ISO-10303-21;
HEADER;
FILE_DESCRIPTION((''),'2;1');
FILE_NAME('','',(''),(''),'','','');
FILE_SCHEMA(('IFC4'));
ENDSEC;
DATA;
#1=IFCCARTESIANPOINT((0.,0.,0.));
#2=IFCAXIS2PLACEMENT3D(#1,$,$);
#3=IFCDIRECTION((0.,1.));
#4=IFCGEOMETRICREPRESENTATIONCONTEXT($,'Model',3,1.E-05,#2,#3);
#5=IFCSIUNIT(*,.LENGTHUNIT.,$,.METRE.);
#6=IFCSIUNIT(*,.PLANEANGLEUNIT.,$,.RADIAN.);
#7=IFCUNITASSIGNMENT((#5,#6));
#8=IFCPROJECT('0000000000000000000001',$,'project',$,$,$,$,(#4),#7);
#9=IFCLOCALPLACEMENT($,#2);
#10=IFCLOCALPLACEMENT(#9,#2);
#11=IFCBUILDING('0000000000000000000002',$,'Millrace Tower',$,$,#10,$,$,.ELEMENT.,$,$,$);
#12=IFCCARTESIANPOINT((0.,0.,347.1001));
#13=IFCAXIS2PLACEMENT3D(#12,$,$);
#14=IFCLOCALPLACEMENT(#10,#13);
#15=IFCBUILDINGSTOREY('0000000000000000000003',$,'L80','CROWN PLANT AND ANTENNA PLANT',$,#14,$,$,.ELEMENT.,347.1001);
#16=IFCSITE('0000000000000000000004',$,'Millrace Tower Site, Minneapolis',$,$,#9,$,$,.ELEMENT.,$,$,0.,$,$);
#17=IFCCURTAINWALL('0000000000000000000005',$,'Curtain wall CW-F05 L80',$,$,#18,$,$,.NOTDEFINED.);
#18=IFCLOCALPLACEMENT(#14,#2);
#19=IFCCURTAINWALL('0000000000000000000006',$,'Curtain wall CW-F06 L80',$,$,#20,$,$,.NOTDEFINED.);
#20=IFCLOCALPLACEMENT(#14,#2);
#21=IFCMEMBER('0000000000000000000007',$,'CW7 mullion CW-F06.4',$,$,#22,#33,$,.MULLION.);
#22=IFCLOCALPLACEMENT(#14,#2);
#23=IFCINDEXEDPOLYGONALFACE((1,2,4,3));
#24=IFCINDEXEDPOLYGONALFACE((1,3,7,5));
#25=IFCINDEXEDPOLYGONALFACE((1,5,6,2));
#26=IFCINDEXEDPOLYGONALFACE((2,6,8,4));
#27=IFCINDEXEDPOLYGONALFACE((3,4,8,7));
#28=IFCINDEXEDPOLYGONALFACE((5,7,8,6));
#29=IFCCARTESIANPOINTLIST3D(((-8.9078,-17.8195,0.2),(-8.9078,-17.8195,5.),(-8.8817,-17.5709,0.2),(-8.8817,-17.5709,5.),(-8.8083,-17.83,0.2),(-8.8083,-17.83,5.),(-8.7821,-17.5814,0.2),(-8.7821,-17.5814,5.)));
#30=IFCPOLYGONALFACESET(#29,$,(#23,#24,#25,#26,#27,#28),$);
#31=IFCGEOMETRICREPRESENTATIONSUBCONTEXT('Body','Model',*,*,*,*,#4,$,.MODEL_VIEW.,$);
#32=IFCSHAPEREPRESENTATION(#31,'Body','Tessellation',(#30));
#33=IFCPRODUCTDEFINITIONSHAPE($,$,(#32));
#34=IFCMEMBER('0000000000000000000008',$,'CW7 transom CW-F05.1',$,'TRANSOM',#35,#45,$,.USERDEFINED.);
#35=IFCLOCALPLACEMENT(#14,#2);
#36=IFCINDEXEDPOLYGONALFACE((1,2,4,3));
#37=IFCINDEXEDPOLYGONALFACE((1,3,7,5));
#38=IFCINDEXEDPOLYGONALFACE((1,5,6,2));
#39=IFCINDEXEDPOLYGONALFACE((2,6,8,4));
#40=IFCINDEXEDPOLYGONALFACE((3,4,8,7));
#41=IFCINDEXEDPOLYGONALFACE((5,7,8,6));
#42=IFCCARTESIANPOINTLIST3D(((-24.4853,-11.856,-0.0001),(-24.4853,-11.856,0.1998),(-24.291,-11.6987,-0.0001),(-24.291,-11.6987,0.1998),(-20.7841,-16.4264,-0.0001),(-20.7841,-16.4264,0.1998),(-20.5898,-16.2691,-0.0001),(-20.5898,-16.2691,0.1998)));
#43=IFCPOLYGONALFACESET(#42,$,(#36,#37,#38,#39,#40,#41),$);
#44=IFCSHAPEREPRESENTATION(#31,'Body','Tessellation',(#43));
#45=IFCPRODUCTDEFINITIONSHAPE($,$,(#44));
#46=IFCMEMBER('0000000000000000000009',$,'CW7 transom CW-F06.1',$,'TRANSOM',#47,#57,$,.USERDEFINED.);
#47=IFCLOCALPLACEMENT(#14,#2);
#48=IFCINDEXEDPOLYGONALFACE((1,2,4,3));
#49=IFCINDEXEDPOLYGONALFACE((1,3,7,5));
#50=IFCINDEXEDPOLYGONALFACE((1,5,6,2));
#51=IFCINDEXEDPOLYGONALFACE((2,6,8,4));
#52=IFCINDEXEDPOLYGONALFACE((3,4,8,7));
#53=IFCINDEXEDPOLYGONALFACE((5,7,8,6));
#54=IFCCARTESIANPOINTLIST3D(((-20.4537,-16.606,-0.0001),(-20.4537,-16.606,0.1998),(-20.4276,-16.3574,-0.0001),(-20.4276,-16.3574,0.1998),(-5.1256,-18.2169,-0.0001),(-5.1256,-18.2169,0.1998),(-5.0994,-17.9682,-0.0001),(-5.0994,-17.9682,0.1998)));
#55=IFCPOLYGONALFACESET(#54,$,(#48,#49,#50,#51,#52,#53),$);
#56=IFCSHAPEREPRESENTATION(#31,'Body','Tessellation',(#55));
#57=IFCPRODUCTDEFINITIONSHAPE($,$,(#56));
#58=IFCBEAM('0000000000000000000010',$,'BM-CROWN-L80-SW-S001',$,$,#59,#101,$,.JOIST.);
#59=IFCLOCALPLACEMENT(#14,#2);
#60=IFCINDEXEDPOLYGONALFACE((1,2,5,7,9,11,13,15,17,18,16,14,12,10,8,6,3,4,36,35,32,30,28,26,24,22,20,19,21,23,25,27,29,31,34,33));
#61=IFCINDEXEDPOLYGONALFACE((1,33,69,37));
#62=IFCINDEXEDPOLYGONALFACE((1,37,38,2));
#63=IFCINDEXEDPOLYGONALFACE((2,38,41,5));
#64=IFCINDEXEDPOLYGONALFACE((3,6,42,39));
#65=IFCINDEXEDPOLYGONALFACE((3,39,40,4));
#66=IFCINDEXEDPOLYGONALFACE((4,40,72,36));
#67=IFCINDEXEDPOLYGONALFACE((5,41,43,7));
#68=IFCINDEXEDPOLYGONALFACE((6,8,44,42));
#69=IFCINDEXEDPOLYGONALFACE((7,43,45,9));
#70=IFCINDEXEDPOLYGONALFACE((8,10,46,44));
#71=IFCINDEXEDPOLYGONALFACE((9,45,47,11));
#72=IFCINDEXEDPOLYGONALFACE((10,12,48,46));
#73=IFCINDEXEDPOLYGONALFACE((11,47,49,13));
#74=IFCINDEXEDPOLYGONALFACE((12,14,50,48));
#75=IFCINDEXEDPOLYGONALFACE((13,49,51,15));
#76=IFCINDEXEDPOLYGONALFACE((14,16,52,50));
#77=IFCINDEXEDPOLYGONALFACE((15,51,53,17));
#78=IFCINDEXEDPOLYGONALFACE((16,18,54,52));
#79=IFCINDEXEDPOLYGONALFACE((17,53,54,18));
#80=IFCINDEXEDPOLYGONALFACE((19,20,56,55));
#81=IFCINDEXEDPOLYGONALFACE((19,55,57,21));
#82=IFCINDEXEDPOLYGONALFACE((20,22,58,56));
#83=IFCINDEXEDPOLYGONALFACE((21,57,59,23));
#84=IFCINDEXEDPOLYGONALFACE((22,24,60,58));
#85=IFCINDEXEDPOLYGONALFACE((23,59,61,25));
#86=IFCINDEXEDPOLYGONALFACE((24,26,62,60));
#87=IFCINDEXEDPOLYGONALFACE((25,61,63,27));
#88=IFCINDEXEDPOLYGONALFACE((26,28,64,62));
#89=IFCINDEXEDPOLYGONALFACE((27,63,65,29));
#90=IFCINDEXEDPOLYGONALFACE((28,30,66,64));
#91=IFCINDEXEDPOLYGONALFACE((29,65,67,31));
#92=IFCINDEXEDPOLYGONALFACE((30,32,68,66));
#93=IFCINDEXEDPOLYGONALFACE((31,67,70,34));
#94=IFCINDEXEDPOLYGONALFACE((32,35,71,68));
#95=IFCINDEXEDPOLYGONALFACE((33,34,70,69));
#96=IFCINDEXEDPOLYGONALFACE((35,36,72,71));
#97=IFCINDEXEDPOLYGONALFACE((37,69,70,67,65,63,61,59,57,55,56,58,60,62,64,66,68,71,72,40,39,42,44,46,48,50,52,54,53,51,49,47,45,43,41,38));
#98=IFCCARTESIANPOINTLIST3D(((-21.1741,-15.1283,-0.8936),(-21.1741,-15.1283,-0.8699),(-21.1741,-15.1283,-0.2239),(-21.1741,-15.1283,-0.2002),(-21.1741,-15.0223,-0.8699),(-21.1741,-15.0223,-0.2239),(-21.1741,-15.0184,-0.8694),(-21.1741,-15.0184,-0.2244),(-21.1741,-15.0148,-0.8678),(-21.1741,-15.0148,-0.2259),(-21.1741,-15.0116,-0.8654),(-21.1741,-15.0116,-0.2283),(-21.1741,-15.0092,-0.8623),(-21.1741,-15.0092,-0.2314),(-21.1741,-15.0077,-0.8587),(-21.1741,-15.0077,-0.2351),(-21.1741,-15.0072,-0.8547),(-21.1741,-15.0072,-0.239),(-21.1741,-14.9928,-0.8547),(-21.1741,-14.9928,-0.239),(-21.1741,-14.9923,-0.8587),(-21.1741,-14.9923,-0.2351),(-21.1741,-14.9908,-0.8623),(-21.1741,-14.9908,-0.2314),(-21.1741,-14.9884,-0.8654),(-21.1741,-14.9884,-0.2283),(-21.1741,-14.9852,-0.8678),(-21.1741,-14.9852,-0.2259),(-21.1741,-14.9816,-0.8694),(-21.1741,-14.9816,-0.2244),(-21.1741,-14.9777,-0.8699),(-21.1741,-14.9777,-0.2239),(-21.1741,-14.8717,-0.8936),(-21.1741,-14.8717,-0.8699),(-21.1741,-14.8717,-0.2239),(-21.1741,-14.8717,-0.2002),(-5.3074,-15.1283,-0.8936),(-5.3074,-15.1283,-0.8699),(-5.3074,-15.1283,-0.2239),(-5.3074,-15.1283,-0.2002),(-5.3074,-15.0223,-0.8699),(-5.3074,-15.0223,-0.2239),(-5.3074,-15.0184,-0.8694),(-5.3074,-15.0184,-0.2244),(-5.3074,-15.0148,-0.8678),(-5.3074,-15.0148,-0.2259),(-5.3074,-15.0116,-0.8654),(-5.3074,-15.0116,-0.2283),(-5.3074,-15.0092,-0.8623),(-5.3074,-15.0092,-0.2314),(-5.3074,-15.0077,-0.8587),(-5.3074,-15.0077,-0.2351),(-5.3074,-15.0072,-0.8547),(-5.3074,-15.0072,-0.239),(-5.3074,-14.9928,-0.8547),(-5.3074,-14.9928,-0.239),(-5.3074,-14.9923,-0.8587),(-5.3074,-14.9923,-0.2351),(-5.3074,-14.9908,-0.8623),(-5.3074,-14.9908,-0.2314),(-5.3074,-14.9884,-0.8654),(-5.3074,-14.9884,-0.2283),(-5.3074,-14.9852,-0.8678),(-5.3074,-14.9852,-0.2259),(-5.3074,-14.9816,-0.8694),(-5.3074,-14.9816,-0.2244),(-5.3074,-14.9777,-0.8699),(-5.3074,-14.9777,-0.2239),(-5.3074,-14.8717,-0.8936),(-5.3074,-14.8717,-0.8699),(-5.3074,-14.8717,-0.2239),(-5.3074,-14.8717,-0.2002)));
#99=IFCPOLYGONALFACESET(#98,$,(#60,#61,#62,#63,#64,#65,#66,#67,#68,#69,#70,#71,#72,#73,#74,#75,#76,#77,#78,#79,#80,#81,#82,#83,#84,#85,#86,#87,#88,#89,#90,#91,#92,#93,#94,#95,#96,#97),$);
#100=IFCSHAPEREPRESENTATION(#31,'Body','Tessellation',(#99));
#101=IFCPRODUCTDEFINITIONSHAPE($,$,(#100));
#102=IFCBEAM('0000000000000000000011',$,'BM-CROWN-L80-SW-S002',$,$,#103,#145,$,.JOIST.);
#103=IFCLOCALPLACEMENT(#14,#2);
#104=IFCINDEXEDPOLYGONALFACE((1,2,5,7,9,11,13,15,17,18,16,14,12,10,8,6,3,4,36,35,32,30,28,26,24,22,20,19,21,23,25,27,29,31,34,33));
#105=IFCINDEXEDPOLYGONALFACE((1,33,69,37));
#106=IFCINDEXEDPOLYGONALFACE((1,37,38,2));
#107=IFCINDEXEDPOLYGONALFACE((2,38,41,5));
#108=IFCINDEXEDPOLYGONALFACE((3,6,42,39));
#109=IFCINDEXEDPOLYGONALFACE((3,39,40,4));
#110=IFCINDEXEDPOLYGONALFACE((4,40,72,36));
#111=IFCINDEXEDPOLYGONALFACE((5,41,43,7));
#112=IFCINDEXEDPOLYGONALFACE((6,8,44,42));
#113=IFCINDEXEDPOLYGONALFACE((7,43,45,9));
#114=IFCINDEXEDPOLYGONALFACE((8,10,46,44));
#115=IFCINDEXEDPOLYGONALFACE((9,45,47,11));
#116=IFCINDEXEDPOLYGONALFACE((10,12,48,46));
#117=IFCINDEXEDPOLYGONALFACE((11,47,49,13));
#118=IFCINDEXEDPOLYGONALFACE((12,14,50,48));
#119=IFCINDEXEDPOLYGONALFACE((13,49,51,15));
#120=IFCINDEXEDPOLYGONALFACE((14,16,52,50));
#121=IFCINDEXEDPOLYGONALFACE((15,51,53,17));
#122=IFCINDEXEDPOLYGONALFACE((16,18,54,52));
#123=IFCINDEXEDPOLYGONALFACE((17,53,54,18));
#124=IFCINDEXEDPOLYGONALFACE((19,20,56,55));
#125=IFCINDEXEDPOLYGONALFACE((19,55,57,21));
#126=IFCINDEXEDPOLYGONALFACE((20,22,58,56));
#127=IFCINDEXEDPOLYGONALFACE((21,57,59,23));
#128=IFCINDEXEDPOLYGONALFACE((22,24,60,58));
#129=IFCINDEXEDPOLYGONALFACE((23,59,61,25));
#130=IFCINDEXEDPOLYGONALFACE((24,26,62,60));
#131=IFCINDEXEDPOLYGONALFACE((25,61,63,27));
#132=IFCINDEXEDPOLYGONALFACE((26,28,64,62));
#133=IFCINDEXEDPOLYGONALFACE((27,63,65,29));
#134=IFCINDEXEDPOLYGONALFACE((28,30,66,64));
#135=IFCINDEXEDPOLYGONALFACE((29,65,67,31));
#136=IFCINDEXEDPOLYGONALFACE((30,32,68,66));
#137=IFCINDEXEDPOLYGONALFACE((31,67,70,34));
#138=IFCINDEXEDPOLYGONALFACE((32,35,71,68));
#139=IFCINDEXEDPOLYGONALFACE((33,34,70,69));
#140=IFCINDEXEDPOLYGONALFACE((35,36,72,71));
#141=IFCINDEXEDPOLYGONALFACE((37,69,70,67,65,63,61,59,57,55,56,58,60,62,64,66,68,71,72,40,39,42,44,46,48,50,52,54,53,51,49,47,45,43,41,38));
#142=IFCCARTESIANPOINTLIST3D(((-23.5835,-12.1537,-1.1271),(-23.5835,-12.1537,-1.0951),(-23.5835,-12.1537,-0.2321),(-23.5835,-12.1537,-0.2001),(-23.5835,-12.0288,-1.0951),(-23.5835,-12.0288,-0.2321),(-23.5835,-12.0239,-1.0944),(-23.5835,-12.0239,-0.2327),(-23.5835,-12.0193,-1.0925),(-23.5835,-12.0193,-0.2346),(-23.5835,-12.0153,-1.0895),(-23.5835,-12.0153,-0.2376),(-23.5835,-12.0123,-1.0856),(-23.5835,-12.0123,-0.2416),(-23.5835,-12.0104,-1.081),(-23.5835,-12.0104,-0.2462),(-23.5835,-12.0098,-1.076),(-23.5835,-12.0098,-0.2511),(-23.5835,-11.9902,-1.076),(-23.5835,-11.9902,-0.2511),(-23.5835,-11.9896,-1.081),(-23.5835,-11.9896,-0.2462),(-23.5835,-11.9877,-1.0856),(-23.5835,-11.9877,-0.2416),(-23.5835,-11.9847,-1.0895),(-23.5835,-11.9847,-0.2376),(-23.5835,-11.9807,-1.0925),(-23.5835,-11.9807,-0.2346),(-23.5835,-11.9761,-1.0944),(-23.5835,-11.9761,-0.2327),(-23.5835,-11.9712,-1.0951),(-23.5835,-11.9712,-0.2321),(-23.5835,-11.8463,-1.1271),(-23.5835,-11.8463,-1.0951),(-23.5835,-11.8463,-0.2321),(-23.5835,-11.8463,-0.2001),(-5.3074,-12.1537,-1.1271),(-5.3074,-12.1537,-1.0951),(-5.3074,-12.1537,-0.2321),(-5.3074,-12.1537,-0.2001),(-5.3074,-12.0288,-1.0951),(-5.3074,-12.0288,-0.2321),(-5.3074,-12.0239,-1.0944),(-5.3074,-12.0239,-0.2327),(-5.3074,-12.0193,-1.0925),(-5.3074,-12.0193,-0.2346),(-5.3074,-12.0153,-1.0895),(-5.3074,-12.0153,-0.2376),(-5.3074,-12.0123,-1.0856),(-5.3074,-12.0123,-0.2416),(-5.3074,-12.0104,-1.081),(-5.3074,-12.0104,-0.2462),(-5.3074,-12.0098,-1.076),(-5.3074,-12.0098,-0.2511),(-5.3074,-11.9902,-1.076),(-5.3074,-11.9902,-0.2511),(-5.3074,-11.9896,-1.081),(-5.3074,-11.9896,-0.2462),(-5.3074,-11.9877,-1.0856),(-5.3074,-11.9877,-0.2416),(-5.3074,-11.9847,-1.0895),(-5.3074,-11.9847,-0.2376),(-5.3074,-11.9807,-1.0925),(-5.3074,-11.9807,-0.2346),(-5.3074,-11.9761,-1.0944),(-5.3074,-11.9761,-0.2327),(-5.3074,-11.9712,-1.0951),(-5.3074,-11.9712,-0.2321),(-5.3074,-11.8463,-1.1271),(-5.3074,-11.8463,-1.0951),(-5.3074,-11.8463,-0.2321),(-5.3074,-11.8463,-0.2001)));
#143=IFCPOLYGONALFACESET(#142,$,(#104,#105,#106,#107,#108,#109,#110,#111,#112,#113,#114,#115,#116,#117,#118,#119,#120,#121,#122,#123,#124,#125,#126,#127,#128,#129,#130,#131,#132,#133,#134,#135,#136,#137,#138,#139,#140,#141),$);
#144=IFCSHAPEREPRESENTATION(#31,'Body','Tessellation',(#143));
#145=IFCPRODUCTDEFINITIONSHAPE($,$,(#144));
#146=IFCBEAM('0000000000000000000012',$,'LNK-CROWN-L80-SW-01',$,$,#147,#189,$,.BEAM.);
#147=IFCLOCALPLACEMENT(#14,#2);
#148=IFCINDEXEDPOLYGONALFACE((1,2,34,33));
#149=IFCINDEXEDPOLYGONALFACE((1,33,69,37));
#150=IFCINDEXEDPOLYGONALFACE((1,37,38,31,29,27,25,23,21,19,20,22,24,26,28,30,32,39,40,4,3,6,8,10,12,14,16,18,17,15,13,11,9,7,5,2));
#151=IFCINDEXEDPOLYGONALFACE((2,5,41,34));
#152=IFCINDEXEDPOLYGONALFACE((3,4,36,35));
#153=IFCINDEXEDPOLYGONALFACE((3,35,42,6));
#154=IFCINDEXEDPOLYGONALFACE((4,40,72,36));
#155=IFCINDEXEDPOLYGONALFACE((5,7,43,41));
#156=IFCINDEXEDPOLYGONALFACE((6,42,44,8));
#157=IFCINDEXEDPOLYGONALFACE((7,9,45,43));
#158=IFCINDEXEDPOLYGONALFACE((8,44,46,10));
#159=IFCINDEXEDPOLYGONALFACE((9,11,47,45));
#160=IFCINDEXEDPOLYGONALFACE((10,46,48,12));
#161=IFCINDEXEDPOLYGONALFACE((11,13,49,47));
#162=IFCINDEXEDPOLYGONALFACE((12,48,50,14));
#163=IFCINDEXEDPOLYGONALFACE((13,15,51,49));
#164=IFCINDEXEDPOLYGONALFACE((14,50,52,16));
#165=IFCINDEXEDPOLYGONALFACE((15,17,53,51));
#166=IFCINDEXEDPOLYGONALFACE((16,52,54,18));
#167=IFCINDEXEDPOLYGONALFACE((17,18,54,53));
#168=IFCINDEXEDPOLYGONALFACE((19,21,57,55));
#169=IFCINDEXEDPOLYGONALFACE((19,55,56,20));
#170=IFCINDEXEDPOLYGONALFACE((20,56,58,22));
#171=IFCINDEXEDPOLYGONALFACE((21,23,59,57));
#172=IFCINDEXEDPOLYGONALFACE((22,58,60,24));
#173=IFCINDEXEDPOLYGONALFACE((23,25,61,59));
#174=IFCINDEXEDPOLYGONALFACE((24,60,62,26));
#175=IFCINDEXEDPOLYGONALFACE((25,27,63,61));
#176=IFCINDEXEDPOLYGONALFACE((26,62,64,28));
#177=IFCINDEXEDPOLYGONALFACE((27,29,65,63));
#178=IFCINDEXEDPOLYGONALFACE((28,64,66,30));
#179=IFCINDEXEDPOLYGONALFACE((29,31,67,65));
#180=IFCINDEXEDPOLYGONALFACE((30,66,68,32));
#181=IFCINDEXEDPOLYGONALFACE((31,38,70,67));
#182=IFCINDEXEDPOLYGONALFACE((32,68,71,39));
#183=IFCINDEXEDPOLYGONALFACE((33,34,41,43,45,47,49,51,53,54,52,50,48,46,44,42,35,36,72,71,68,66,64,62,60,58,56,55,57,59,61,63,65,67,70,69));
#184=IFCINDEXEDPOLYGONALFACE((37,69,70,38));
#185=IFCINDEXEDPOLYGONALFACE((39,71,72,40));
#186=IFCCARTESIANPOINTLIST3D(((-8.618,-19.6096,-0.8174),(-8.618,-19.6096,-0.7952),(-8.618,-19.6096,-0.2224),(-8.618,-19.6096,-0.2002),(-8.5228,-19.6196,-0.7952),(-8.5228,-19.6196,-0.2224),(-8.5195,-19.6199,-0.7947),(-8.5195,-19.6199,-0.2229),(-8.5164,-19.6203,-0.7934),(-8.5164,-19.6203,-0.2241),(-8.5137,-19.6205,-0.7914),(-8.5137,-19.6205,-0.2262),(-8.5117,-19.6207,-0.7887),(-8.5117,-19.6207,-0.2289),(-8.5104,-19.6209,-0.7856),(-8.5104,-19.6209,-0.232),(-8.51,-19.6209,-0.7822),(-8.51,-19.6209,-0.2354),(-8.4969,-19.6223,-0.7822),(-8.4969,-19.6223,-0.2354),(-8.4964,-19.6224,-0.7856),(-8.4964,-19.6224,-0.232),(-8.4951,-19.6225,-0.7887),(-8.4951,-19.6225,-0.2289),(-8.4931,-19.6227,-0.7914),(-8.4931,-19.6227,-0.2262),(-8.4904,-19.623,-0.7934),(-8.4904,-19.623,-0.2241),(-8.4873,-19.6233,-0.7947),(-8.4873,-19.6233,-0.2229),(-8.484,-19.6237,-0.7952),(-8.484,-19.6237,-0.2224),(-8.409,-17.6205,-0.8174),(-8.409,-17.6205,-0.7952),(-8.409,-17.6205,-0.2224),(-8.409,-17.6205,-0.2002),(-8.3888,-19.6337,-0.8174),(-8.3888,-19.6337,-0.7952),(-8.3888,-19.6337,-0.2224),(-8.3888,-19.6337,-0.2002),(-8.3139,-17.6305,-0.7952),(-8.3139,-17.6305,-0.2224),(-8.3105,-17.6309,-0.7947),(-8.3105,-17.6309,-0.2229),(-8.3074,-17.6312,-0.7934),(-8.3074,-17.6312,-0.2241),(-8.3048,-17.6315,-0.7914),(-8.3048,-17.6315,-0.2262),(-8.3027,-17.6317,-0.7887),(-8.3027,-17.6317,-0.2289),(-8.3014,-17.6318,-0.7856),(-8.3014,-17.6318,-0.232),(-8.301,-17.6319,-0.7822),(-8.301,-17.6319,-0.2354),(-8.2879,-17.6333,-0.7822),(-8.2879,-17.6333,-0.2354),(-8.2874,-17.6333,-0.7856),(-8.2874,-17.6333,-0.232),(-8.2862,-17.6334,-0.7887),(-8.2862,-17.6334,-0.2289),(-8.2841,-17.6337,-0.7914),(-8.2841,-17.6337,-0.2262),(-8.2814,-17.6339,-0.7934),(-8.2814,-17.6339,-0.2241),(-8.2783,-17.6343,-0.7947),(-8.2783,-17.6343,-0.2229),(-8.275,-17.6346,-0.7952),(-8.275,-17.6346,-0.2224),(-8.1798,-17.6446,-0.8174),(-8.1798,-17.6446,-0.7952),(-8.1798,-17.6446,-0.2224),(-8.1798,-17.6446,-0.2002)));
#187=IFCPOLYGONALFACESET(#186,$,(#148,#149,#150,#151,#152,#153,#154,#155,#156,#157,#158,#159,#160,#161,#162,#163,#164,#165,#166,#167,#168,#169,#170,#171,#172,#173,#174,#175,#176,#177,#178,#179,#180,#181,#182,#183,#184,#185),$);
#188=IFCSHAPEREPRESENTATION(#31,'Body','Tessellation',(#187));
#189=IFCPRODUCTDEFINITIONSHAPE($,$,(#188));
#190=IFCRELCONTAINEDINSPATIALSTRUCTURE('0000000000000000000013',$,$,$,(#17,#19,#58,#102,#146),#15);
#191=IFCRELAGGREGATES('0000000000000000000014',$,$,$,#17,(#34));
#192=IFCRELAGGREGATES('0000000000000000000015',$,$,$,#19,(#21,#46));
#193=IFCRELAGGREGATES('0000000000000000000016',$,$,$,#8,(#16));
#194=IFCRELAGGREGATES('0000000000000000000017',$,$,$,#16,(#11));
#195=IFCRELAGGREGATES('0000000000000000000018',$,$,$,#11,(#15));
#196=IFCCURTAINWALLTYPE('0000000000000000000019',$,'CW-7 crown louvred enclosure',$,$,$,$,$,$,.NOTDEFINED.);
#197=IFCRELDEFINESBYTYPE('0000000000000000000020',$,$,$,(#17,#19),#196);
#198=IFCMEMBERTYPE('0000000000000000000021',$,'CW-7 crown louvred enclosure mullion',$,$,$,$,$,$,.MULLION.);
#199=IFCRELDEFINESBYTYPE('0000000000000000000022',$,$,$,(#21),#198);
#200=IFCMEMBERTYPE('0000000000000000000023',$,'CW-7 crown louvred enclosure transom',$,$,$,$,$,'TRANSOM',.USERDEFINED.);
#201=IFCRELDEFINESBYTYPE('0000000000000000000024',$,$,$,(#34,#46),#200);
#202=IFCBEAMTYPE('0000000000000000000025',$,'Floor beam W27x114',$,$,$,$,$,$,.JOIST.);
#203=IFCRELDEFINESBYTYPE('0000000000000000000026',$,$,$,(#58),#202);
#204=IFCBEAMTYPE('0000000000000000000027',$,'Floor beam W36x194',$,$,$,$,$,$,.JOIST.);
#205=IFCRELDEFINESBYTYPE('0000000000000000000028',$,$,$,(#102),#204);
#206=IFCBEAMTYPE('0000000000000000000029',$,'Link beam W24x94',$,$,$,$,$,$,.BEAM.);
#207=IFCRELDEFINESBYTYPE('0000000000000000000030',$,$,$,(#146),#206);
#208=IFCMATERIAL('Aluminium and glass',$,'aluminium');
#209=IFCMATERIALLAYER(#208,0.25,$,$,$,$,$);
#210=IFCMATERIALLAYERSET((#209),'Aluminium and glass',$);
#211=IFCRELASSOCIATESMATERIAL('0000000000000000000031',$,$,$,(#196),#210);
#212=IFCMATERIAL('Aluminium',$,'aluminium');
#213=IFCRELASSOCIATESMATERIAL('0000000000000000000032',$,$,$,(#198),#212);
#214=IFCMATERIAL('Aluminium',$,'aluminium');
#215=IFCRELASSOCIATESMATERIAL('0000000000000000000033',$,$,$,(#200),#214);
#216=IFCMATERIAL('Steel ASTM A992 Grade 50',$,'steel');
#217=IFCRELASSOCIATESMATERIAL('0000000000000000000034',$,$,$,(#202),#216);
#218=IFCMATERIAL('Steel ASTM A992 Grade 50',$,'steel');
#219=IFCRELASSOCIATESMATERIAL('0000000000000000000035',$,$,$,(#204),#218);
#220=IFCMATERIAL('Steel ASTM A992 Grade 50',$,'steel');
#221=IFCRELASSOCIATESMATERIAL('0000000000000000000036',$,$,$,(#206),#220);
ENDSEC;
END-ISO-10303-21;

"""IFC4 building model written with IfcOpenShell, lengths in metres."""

from ifc_helpers import new_model, si_unit, direction, frame, origin, origin_2d, place, context, subcontext, project, spatial, rectangle, i_section, extrude, material, layer, layer_set, material_profile, profile_set, type_object, element, aggregate, save


model = new_model("IFC4")

# Units and contexts
model_context = context("Model", 3, precision=1e-05, world=origin(), true_north=direction((0.0, 1.0)))
body_context = subcontext(model_context, "Body", "Model", "MODEL_VIEW")
ifc_project = project(units=[si_unit("LENGTHUNIT", "METRE"), si_unit("PLANEANGLEUNIT", "RADIAN")], contexts=[model_context])

# Site, building, storey
site_placement = place(None, origin())
site = spatial("IfcSite", under=ifc_project, at=site_placement, Name="Millrace Tower Site, Minneapolis", CompositionType="ELEMENT", RefElevation=0.0)
building_placement = place(site_placement, origin())
building = spatial("IfcBuilding", under=site, at=building_placement, Name="Millrace Tower", CompositionType="ELEMENT")
storey_placement = place(building_placement, frame((0.0, 0.0, 347.1001)))
storey = spatial("IfcBuildingStorey", under=building, at=storey_placement, Name="L80", Description="CROWN PLANT AND ANTENNA PLANT", CompositionType="ELEMENT", Elevation=347.1001)

# Curtain wall
ifc_material_1 = material(Name="Aluminium and glass", Category="aluminium")
ifc_layer_1 = layer(ifc_material_1, 0.25)
ifc_layer_set_1 = layer_set([ifc_layer_1], Name="Aluminium and glass")
curtain_wall_type = type_object("IfcCurtainWallType", Name="CW-7 crown louvred enclosure", PredefinedType="NOTDEFINED", material=ifc_layer_set_1)
placement = place(storey_placement, origin())
curtain_wall_1 = element("IfcCurtainWall", 1, at=placement, inside=storey, type_object=curtain_wall_type, Name="Curtain wall CW-F05 L80", PredefinedType="NOTDEFINED")
ifc_material_2 = material(Name="Aluminium", Category="aluminium")
ifc_material_profile_1 = material_profile(ifc_material_2, rectangle(XDim=0.1001, YDim=0.25, at=origin_2d()))
ifc_profile_set_1 = profile_set([ifc_material_profile_1], Name="Aluminium")
member_type_1 = type_object("IfcMemberType", Name="CW-7 crown louvred enclosure mullion", PredefinedType="MULLION", material=ifc_profile_set_1)

# Curtain wall, member
curtain_wall_2 = element("IfcCurtainWall", 2, at=placement, inside=storey, type_object=curtain_wall_type, Name="Curtain wall CW-F06 L80", PredefinedType="NOTDEFINED")
member_1_placement = place(storey_placement, frame((-8.845, -17.7004, 0.2), z_axis=(0.0, 0.0, 1.0), x_axis=(0.994522, -0.104528, 0.0)))
member_1 = element("IfcMember", 3, at=member_1_placement, type_object=member_type_1, Name="CW7 mullion CW-F06.4", PredefinedType="MULLION", context=body_context, shape_type="SweptSolid", body=[
    extrude(rectangle(XDim=0.1001, YDim=0.25, at=origin_2d()), origin(), (0.0, 0.0, 1.0), 4.8),
])

# Members
ifc_material_3 = material(Name="Aluminium", Category="aluminium")
ifc_material_profile_2 = material_profile(ifc_material_3, rectangle(XDim=0.25, YDim=0.2, at=origin_2d()))
ifc_profile_set_2 = profile_set([ifc_material_profile_2], Name="Aluminium")
member_type_2 = type_object("IfcMemberType", Name="CW-7 crown louvred enclosure transom", ElementType="TRANSOM", PredefinedType="USERDEFINED", material=ifc_profile_set_2)
member_2_placement = place(storey_placement, frame((-24.3882, -11.7773, 0.0999), z_axis=(0.629342, -0.777129, 0.0), x_axis=(0.777129, 0.629342, 0.0)))
member_2 = element("IfcMember", 4, at=member_2_placement, type_object=member_type_2, Name="CW7 transom CW-F05.1", ObjectType="TRANSOM", PredefinedType="USERDEFINED", context=body_context, shape_type="SweptSolid", body=[
    extrude(rectangle(XDim=0.25, YDim=0.2, at=origin_2d()), origin(), (0.0, 0.0, 1.0), 5.8811),
])
aggregate(curtain_wall_1, [member_2])
member_3_placement = place(storey_placement, frame((-20.4407, -16.4817, 0.0999), z_axis=(0.994523, -0.104515, 0.0), x_axis=(0.104515, 0.994523, 0.0)))
member_3 = element("IfcMember", 5, at=member_3_placement, type_object=member_type_2, Name="CW7 transom CW-F06.1", ObjectType="TRANSOM", PredefinedType="USERDEFINED", context=body_context, shape_type="SweptSolid", body=[
    extrude(rectangle(XDim=0.25, YDim=0.2, at=origin_2d()), origin(), (0.0, 0.0, 1.0), 15.4126),
])
aggregate(curtain_wall_2, [member_1, member_3])

# Beams
ifc_material_4 = material(Name="Steel ASTM A992 Grade 50", Category="steel")
ifc_material_profile_3 = material_profile(ifc_material_4, i_section(OverallWidth=0.2566, OverallDepth=0.6934, WebThickness=0.0144, FlangeThickness=0.0237, FilletRadius=0.0151, at=origin_2d()))
ifc_profile_set_3 = profile_set([ifc_material_profile_3], Name="Steel ASTM A992 Grade 50")
beam_type_1 = type_object("IfcBeamType", Name="Floor beam W27x114", PredefinedType="JOIST", material=ifc_profile_set_3)
beam_1_placement = place(storey_placement, frame((-21.1741, -15.0, -0.5469), z_axis=(1.0, 0.0, 0.0), x_axis=(0.0, 1.0, 0.0)))
element("IfcBeam", 6, at=beam_1_placement, inside=storey, type_object=beam_type_1, Name="BM-CROWN-L80-SW-S001", PredefinedType="JOIST", context=body_context, shape_type="SweptSolid", body=[
    extrude(i_section(OverallWidth=0.2566, OverallDepth=0.6934, WebThickness=0.0144, FlangeThickness=0.0237, FilletRadius=0.0151, at=origin_2d()), origin(), (0.0, 0.0, 1.0), 15.8667),
])
ifc_material_5 = material(Name="Steel ASTM A992 Grade 50", Category="steel")
ifc_material_profile_4 = material_profile(ifc_material_5, i_section(OverallWidth=0.3074, OverallDepth=0.927, WebThickness=0.0195, FlangeThickness=0.032, FilletRadius=0.019, at=origin_2d()))
ifc_profile_set_4 = profile_set([ifc_material_profile_4], Name="Steel ASTM A992 Grade 50")
beam_type_2 = type_object("IfcBeamType", Name="Floor beam W36x194", PredefinedType="JOIST", material=ifc_profile_set_4)
beam_2_placement = place(storey_placement, frame((-23.5835, -12.0, -0.6636), z_axis=(1.0, 0.0, 0.0), x_axis=(0.0, 1.0, 0.0)))
element("IfcBeam", 7, at=beam_2_placement, inside=storey, type_object=beam_type_2, Name="BM-CROWN-L80-SW-S002", PredefinedType="JOIST", context=body_context, shape_type="SweptSolid", body=[
    extrude(i_section(OverallWidth=0.3074, OverallDepth=0.927, WebThickness=0.0195, FlangeThickness=0.032, FilletRadius=0.019, at=origin_2d()), origin(), (0.0, 0.0, 1.0), 18.2761),
])
ifc_material_6 = material(Name="Steel ASTM A992 Grade 50", Category="steel")
ifc_material_profile_5 = material_profile(ifc_material_6, i_section(OverallWidth=0.2305, OverallDepth=0.6172, WebThickness=0.0132, FlangeThickness=0.0222, FilletRadius=0.0129, at=origin_2d()))
ifc_profile_set_5 = profile_set([ifc_material_profile_5], Name="Steel ASTM A992 Grade 50")
beam_type_3 = type_object("IfcBeamType", Name="Link beam W24x94", PredefinedType="BEAM", material=ifc_profile_set_5)
beam_3_placement = place(storey_placement, frame((-8.2944, -17.6326, -0.5088), z_axis=(-0.104494, -0.994526, 0.0), x_axis=(0.994526, -0.104494, 0.0)))
element("IfcBeam", 8, at=beam_3_placement, inside=storey, type_object=beam_type_3, Name="LNK-CROWN-L80-SW-01", PredefinedType="BEAM", context=body_context, shape_type="SweptSolid", body=[
    extrude(i_section(OverallWidth=0.2305, OverallDepth=0.6172, WebThickness=0.0132, FlangeThickness=0.0222, FilletRadius=0.0129, at=origin_2d()), origin(), (0.0, 0.0, 1.0), 2.0),
])

save(model, "model.ifc")
